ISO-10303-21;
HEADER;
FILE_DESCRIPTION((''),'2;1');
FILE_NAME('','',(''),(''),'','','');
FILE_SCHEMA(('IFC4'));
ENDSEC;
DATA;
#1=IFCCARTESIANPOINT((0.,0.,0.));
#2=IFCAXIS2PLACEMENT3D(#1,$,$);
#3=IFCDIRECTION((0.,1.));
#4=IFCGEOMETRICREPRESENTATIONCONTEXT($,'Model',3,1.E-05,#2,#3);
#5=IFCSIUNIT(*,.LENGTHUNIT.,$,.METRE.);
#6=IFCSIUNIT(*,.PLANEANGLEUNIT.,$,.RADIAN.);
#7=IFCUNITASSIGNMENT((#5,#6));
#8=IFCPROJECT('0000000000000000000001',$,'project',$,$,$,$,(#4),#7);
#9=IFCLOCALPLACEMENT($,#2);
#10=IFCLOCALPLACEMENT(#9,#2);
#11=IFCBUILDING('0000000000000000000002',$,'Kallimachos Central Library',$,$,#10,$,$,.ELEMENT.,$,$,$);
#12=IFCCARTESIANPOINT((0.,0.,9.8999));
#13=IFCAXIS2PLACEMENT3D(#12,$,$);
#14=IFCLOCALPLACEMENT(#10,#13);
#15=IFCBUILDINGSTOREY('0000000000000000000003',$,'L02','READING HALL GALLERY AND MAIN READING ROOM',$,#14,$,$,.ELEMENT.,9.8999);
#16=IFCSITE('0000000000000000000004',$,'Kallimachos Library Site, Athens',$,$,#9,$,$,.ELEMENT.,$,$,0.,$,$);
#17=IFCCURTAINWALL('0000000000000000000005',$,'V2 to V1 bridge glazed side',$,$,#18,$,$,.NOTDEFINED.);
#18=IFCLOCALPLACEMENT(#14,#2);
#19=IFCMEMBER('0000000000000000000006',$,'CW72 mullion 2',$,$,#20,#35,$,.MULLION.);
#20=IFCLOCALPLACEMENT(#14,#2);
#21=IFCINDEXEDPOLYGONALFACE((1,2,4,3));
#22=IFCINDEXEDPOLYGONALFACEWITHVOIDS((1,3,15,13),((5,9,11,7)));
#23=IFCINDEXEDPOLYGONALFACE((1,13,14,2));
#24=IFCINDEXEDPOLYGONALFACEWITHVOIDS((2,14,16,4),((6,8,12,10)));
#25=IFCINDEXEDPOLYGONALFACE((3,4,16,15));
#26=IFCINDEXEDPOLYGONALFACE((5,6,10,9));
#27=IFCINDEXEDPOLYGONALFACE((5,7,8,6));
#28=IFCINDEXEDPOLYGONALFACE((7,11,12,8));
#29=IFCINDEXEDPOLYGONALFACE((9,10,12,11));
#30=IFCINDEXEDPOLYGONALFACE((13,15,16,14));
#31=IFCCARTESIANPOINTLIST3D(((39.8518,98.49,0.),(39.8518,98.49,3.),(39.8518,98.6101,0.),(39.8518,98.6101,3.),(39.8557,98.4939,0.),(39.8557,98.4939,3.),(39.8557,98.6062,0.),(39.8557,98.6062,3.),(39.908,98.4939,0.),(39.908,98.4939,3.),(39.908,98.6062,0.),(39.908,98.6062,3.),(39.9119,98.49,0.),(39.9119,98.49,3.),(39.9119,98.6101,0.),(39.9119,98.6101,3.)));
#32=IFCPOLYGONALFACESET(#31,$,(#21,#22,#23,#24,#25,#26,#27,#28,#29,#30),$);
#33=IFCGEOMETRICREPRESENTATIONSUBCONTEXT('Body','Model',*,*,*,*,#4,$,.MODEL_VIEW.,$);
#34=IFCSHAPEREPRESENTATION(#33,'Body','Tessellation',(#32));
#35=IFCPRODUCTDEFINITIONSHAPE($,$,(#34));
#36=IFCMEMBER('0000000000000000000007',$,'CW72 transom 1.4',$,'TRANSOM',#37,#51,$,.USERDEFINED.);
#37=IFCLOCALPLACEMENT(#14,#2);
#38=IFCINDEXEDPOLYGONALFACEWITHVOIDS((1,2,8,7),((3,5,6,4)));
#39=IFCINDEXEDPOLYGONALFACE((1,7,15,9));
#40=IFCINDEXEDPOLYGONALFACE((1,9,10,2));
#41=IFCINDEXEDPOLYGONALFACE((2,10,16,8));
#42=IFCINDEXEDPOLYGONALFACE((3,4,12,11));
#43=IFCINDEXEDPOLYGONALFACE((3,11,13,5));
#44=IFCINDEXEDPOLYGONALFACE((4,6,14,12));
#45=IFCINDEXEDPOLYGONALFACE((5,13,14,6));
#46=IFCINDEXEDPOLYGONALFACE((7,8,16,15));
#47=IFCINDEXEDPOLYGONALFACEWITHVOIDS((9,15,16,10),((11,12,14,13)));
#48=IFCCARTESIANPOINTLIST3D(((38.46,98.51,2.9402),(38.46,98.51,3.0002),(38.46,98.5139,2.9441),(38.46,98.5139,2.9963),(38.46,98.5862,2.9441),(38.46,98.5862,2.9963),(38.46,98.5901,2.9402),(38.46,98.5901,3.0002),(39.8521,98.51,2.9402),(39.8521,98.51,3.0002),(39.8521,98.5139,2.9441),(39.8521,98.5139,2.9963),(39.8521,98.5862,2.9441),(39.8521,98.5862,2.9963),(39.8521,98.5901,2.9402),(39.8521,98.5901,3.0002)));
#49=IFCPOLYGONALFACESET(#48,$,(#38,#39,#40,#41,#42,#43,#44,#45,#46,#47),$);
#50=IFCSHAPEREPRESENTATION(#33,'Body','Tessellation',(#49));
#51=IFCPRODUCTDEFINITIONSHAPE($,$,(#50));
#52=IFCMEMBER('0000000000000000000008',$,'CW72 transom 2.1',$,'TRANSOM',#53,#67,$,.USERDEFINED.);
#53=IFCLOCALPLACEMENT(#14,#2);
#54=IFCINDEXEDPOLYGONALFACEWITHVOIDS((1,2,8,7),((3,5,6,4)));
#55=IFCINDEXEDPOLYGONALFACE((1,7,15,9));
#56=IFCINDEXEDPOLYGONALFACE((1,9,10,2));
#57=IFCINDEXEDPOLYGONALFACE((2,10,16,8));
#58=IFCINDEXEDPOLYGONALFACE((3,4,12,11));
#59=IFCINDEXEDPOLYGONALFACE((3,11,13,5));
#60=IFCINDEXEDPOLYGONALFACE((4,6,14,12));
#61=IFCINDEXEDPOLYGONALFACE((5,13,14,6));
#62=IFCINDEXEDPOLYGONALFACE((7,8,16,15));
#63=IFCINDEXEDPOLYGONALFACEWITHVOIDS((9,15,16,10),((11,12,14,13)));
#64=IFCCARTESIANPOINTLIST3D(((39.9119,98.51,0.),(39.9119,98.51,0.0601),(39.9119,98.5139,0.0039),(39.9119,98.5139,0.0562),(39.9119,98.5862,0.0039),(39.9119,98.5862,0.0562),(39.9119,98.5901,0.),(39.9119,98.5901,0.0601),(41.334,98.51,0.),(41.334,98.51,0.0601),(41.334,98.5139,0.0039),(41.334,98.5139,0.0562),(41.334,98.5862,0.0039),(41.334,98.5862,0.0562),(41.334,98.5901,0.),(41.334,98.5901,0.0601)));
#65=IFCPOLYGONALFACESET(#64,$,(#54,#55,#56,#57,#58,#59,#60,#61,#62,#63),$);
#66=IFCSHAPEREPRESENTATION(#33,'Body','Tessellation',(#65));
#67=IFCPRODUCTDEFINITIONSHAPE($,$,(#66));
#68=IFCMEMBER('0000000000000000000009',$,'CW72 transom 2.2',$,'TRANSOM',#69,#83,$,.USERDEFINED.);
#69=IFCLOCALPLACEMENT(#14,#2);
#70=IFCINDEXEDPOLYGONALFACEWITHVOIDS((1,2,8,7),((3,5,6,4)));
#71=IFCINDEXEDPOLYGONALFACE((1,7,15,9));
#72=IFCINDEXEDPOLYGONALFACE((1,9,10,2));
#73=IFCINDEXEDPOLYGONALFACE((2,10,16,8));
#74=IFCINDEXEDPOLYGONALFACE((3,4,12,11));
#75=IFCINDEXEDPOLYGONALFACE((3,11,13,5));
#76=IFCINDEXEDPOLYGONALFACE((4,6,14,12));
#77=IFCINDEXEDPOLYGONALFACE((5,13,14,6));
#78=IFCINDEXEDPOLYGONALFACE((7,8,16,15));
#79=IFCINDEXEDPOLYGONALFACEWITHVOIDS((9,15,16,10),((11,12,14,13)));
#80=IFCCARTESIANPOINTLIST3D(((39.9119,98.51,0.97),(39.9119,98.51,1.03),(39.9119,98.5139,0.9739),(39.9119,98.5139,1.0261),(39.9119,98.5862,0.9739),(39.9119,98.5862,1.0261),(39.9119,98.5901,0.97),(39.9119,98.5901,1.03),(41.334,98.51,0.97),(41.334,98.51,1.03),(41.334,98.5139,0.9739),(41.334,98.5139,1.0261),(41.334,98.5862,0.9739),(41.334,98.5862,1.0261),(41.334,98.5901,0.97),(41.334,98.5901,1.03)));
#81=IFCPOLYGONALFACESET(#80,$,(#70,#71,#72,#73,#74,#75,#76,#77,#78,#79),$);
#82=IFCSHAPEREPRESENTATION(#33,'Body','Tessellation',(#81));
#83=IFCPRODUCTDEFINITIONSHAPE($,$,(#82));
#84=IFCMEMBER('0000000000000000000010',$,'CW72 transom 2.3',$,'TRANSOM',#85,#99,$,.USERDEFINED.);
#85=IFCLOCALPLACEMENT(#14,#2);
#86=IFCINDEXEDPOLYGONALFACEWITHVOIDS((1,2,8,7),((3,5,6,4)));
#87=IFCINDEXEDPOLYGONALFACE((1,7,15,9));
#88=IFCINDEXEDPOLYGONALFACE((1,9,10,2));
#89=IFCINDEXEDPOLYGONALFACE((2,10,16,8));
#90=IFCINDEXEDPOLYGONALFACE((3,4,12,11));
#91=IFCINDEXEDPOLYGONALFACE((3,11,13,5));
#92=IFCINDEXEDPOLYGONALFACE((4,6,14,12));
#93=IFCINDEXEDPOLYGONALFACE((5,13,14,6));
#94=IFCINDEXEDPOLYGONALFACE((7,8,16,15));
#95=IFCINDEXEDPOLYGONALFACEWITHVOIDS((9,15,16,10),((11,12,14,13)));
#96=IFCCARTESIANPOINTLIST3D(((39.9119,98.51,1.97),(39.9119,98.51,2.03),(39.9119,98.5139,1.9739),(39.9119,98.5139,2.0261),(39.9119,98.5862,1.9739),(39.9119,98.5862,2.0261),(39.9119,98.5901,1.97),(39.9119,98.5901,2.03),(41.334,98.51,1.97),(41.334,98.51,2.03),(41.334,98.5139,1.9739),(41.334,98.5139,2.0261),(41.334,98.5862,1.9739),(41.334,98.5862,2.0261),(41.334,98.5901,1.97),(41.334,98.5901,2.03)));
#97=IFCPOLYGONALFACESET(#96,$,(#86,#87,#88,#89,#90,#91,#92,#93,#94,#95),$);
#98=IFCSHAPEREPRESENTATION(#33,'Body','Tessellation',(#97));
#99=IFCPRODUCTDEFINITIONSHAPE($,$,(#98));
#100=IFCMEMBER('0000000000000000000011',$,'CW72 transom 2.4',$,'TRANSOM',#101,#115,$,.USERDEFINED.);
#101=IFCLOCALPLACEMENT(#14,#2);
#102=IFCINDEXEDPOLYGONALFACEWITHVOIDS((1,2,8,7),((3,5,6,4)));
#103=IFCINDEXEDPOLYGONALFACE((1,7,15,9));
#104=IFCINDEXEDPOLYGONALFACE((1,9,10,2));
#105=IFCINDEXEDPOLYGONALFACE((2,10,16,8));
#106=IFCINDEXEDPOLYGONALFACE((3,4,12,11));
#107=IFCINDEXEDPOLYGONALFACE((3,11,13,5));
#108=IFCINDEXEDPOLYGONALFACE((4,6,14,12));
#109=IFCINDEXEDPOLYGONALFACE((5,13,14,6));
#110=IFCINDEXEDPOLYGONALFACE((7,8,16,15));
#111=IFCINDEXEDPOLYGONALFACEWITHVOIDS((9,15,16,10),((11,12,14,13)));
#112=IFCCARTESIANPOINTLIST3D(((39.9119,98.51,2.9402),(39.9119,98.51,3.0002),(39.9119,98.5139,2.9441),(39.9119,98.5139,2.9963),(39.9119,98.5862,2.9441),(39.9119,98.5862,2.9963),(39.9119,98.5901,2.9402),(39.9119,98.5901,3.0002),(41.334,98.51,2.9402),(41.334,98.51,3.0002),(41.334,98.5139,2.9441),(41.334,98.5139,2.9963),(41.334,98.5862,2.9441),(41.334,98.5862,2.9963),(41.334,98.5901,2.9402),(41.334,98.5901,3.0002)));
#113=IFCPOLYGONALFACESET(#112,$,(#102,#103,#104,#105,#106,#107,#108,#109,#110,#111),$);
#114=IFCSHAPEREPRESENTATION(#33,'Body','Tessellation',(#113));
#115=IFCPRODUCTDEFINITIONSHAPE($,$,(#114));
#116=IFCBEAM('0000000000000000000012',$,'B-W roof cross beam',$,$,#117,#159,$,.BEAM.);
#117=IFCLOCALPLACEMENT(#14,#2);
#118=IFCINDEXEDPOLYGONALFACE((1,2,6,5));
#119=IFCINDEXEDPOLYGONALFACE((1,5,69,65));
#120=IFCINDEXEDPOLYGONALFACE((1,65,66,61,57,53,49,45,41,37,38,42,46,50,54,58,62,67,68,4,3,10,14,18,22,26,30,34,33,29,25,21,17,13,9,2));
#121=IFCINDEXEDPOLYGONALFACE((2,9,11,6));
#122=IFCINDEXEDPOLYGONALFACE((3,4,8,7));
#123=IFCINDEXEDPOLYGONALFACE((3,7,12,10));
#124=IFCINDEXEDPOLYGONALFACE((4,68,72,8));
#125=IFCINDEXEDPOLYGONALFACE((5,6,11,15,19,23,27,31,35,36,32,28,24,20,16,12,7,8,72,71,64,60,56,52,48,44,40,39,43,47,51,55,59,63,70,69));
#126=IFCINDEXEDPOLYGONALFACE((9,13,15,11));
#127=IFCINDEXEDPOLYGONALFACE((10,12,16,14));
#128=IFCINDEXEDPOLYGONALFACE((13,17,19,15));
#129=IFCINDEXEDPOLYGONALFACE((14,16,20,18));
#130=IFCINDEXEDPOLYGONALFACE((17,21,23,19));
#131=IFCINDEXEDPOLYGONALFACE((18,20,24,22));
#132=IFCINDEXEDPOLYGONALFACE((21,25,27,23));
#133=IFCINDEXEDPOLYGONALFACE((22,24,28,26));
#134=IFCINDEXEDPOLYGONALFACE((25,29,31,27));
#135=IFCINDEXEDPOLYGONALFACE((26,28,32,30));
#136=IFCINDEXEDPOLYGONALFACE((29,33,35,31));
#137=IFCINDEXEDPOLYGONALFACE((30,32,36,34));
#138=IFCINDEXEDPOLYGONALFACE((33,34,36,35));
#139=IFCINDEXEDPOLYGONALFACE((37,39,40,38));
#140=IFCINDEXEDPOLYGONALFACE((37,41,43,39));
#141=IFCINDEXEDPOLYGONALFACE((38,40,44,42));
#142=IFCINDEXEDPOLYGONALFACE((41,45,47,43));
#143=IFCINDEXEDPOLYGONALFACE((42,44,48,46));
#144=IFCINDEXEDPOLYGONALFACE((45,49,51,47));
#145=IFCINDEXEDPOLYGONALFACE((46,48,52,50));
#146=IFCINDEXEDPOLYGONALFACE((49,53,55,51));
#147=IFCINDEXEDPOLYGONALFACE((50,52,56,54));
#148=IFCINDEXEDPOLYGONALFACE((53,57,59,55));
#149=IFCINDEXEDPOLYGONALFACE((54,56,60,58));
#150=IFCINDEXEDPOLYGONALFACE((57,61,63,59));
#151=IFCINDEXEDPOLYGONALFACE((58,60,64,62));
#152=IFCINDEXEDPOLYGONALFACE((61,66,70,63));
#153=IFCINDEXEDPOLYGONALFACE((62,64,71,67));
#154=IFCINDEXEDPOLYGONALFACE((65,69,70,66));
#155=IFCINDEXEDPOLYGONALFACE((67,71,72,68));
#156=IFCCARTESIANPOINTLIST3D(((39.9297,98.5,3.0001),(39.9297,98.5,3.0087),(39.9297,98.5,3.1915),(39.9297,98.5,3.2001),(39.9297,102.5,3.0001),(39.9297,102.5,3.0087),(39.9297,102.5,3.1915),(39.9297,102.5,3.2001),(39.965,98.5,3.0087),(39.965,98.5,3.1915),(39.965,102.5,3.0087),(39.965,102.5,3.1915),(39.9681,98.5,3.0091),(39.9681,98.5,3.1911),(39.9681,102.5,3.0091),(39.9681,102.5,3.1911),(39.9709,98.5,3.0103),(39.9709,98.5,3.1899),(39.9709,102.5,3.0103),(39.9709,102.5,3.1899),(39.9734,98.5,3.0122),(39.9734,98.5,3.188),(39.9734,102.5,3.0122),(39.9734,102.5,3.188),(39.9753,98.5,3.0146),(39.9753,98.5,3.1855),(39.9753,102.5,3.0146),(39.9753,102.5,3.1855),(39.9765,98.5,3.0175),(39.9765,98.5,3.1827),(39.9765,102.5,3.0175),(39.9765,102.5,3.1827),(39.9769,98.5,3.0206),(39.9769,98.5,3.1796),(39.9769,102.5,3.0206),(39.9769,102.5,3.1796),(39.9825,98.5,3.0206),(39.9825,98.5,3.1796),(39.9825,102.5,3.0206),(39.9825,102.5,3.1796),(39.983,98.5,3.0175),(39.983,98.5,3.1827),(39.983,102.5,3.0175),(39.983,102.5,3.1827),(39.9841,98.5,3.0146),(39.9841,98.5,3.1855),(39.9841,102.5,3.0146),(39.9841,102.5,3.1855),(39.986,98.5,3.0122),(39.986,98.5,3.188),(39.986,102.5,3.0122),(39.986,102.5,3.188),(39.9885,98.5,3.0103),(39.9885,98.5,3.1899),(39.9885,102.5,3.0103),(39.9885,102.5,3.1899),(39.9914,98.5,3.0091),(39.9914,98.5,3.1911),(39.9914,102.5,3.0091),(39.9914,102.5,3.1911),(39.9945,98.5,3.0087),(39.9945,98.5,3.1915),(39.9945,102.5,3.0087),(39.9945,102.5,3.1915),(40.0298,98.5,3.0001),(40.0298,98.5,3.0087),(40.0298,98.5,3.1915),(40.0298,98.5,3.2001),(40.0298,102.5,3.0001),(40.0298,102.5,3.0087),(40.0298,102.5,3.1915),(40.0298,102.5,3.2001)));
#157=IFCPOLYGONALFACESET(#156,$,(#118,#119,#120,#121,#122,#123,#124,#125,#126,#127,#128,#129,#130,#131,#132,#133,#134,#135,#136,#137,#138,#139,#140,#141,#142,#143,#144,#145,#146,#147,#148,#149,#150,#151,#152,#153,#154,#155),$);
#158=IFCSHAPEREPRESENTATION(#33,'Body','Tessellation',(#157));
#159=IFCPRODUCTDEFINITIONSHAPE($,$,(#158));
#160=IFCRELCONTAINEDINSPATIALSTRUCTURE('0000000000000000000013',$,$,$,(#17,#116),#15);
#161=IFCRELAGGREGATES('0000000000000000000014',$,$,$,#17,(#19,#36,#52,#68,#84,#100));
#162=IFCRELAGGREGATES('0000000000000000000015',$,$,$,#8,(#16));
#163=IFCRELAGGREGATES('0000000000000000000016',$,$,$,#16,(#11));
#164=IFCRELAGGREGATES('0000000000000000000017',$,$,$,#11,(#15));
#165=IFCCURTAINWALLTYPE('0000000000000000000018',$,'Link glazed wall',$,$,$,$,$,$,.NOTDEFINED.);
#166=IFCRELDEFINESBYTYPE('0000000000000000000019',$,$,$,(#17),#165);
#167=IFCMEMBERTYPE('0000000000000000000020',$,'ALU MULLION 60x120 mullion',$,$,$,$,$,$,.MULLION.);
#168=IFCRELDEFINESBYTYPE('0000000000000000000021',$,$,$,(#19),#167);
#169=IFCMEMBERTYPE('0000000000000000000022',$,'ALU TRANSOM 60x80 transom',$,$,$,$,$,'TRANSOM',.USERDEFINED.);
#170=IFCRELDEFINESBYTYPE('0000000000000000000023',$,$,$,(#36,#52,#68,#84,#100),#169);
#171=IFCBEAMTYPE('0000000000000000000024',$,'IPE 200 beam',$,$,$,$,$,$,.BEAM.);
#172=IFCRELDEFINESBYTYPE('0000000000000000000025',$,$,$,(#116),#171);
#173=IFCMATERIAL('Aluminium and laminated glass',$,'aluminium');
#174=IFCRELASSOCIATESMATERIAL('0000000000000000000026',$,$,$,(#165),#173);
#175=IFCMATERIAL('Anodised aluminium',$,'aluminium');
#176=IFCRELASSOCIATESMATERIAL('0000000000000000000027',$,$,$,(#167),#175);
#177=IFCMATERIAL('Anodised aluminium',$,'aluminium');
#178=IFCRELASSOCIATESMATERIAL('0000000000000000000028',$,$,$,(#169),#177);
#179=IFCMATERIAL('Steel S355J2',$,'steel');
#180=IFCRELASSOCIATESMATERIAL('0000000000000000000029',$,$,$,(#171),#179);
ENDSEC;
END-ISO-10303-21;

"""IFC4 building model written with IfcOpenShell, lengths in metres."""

from ifc_helpers import new_model, si_unit, direction, frame, origin, origin_2d, place, context, subcontext, project, spatial, hollow_rectangle, i_section, extrude, material, material_profile, profile_set, type_object, element, aggregate, save


model = new_model("IFC4")

# Units and contexts
model_context = context("Model", 3, precision=1e-05, world=origin(), true_north=direction((0.0, 1.0)))
body_context = subcontext(model_context, "Body", "Model", "MODEL_VIEW")
ifc_project = project(units=[si_unit("LENGTHUNIT", "METRE"), si_unit("PLANEANGLEUNIT", "RADIAN")], contexts=[model_context])

# Site, building, storey
site_placement = place(None, origin())
site = spatial("IfcSite", under=ifc_project, at=site_placement, Name="Kallimachos Library Site, Athens", CompositionType="ELEMENT", RefElevation=0.0)
building_placement = place(site_placement, origin())
building = spatial("IfcBuilding", under=site, at=building_placement, Name="Kallimachos Central Library", CompositionType="ELEMENT")
storey_placement = place(building_placement, frame((0.0, 0.0, 9.8999)))
storey = spatial("IfcBuildingStorey", under=building, at=storey_placement, Name="L02", Description="READING HALL GALLERY AND MAIN READING ROOM", CompositionType="ELEMENT", Elevation=9.8999)

# Curtain wall, members
ifc_material_1 = material(Name="Aluminium and laminated glass", Category="aluminium")
curtain_wall_type = type_object("IfcCurtainWallType", Name="Link glazed wall", PredefinedType="NOTDEFINED", material=ifc_material_1)
curtain_wall_placement = place(storey_placement, origin())
curtain_wall = element("IfcCurtainWall", 1, at=curtain_wall_placement, inside=storey, type_object=curtain_wall_type, Name="V2 to V1 bridge glazed side", PredefinedType="NOTDEFINED")
ifc_material_2 = material(Name="Anodised aluminium", Category="aluminium")
ifc_material_profile_1 = material_profile(ifc_material_2, hollow_rectangle(XDim=0.0601, YDim=0.1201, WallThickness=0.0039, at=origin_2d()), Name="ALU MULLION 60x120")
ifc_profile_set_1 = profile_set([ifc_material_profile_1], Name="Anodised aluminium")
member_type_1 = type_object("IfcMemberType", Name="ALU MULLION 60x120 mullion", PredefinedType="MULLION", material=ifc_profile_set_1)
member_1_placement = place(storey_placement, frame((39.8818, 98.55, 0.0), z_axis=(0.0, 0.0, 1.0), x_axis=(1.0, 0.0, 0.0)))
member_1 = element("IfcMember", 2, at=member_1_placement, type_object=member_type_1, Name="CW72 mullion 2", PredefinedType="MULLION", context=body_context, shape_type="SweptSolid", body=[
    extrude(hollow_rectangle(XDim=0.0601, YDim=0.1201, WallThickness=0.0039, at=origin_2d()), origin(), (0.0, 0.0, 1.0), 3.0),
])
ifc_material_3 = material(Name="Anodised aluminium", Category="aluminium")
ifc_material_profile_2 = material_profile(ifc_material_3, hollow_rectangle(XDim=0.0601, YDim=0.0801, WallThickness=0.0039, at=origin_2d()), Name="ALU TRANSOM 60x80")
ifc_profile_set_2 = profile_set([ifc_material_profile_2], Name="Anodised aluminium")
member_type_2 = type_object("IfcMemberType", Name="ALU TRANSOM 60x80 transom", ElementType="TRANSOM", PredefinedType="USERDEFINED", material=ifc_profile_set_2)
member_2_placement = place(storey_placement, frame((38.46, 98.55, 2.9702), z_axis=(1.0, 0.0, 0.0), x_axis=(0.0, 0.0, 1.0)))
member_2 = element("IfcMember", 3, at=member_2_placement, type_object=member_type_2, Name="CW72 transom 1.4", ObjectType="TRANSOM", PredefinedType="USERDEFINED", context=body_context, shape_type="SweptSolid", body=[
    extrude(hollow_rectangle(XDim=0.0601, YDim=0.0801, WallThickness=0.0039, at=origin_2d()), origin(), (0.0, 0.0, 1.0), 1.3921),
])
member_3_placement = place(storey_placement, frame((39.9119, 98.55, 0.03), z_axis=(1.0, 0.0, 0.0), x_axis=(0.0, 0.0, 1.0)))
member_3 = element("IfcMember", 4, at=member_3_placement, type_object=member_type_2, Name="CW72 transom 2.1", ObjectType="TRANSOM", PredefinedType="USERDEFINED", context=body_context, shape_type="SweptSolid", body=[
    extrude(hollow_rectangle(XDim=0.0601, YDim=0.0801, WallThickness=0.0039, at=origin_2d()), origin(), (0.0, 0.0, 1.0), 1.4221),
])
member_4_placement = place(storey_placement, frame((39.9119, 98.55, 1.0), z_axis=(1.0, 0.0, 0.0), x_axis=(0.0, 0.0, 1.0)))
member_4 = element("IfcMember", 5, at=member_4_placement, type_object=member_type_2, Name="CW72 transom 2.2", ObjectType="TRANSOM", PredefinedType="USERDEFINED", context=body_context, shape_type="SweptSolid", body=[
    extrude(hollow_rectangle(XDim=0.0601, YDim=0.0801, WallThickness=0.0039, at=origin_2d()), origin(), (0.0, 0.0, 1.0), 1.4221),
])
member_5_placement = place(storey_placement, frame((39.9119, 98.55, 2.0), z_axis=(1.0, 0.0, 0.0), x_axis=(0.0, 0.0, 1.0)))
member_5 = element("IfcMember", 6, at=member_5_placement, type_object=member_type_2, Name="CW72 transom 2.3", ObjectType="TRANSOM", PredefinedType="USERDEFINED", context=body_context, shape_type="SweptSolid", body=[
    extrude(hollow_rectangle(XDim=0.0601, YDim=0.0801, WallThickness=0.0039, at=origin_2d()), origin(), (0.0, 0.0, 1.0), 1.4221),
])
member_6_placement = place(storey_placement, frame((39.9119, 98.55, 2.9702), z_axis=(1.0, 0.0, 0.0), x_axis=(0.0, 0.0, 1.0)))
member_6 = element("IfcMember", 7, at=member_6_placement, type_object=member_type_2, Name="CW72 transom 2.4", ObjectType="TRANSOM", PredefinedType="USERDEFINED", context=body_context, shape_type="SweptSolid", body=[
    extrude(hollow_rectangle(XDim=0.0601, YDim=0.0801, WallThickness=0.0039, at=origin_2d()), origin(), (0.0, 0.0, 1.0), 1.4221),
])

# Beam
ifc_material_4 = material(Name="Steel S355J2", Category="steel")
ifc_material_profile_3 = material_profile(ifc_material_4, i_section(OverallWidth=0.1001, OverallDepth=0.2, WebThickness=0.0056, FlangeThickness=0.0085, FilletRadius=0.012, at=origin_2d()), Name="IPE 200")
ifc_profile_set_3 = profile_set([ifc_material_profile_3], Name="Steel S355J2")
beam_type = type_object("IfcBeamType", Name="IPE 200 beam", PredefinedType="BEAM", material=ifc_profile_set_3)
for number, where, z_axis, x_axis, name in (
    (8, (39.9797, 98.5, 3.1001), (0.0, 1.0, 0.0), (-1.0, 0.0, 0.0), "B-W roof cross beam"),
):
    element("IfcBeam", number, at=place(storey_placement, frame(where, z_axis=z_axis, x_axis=x_axis)), inside=storey, type_object=beam_type, Name=name, PredefinedType="BEAM", context=body_context, shape_type="SweptSolid", body=[
        extrude(i_section(OverallWidth=0.1001, OverallDepth=0.2, WebThickness=0.0056, FlangeThickness=0.0085, FilletRadius=0.012, at=origin_2d()), origin(), (0.0, 0.0, 1.0), 4.0),
    ])

aggregate(curtain_wall, [member_1, member_2, member_3, member_4, member_5, member_6])

save(model, "model.ifc")
